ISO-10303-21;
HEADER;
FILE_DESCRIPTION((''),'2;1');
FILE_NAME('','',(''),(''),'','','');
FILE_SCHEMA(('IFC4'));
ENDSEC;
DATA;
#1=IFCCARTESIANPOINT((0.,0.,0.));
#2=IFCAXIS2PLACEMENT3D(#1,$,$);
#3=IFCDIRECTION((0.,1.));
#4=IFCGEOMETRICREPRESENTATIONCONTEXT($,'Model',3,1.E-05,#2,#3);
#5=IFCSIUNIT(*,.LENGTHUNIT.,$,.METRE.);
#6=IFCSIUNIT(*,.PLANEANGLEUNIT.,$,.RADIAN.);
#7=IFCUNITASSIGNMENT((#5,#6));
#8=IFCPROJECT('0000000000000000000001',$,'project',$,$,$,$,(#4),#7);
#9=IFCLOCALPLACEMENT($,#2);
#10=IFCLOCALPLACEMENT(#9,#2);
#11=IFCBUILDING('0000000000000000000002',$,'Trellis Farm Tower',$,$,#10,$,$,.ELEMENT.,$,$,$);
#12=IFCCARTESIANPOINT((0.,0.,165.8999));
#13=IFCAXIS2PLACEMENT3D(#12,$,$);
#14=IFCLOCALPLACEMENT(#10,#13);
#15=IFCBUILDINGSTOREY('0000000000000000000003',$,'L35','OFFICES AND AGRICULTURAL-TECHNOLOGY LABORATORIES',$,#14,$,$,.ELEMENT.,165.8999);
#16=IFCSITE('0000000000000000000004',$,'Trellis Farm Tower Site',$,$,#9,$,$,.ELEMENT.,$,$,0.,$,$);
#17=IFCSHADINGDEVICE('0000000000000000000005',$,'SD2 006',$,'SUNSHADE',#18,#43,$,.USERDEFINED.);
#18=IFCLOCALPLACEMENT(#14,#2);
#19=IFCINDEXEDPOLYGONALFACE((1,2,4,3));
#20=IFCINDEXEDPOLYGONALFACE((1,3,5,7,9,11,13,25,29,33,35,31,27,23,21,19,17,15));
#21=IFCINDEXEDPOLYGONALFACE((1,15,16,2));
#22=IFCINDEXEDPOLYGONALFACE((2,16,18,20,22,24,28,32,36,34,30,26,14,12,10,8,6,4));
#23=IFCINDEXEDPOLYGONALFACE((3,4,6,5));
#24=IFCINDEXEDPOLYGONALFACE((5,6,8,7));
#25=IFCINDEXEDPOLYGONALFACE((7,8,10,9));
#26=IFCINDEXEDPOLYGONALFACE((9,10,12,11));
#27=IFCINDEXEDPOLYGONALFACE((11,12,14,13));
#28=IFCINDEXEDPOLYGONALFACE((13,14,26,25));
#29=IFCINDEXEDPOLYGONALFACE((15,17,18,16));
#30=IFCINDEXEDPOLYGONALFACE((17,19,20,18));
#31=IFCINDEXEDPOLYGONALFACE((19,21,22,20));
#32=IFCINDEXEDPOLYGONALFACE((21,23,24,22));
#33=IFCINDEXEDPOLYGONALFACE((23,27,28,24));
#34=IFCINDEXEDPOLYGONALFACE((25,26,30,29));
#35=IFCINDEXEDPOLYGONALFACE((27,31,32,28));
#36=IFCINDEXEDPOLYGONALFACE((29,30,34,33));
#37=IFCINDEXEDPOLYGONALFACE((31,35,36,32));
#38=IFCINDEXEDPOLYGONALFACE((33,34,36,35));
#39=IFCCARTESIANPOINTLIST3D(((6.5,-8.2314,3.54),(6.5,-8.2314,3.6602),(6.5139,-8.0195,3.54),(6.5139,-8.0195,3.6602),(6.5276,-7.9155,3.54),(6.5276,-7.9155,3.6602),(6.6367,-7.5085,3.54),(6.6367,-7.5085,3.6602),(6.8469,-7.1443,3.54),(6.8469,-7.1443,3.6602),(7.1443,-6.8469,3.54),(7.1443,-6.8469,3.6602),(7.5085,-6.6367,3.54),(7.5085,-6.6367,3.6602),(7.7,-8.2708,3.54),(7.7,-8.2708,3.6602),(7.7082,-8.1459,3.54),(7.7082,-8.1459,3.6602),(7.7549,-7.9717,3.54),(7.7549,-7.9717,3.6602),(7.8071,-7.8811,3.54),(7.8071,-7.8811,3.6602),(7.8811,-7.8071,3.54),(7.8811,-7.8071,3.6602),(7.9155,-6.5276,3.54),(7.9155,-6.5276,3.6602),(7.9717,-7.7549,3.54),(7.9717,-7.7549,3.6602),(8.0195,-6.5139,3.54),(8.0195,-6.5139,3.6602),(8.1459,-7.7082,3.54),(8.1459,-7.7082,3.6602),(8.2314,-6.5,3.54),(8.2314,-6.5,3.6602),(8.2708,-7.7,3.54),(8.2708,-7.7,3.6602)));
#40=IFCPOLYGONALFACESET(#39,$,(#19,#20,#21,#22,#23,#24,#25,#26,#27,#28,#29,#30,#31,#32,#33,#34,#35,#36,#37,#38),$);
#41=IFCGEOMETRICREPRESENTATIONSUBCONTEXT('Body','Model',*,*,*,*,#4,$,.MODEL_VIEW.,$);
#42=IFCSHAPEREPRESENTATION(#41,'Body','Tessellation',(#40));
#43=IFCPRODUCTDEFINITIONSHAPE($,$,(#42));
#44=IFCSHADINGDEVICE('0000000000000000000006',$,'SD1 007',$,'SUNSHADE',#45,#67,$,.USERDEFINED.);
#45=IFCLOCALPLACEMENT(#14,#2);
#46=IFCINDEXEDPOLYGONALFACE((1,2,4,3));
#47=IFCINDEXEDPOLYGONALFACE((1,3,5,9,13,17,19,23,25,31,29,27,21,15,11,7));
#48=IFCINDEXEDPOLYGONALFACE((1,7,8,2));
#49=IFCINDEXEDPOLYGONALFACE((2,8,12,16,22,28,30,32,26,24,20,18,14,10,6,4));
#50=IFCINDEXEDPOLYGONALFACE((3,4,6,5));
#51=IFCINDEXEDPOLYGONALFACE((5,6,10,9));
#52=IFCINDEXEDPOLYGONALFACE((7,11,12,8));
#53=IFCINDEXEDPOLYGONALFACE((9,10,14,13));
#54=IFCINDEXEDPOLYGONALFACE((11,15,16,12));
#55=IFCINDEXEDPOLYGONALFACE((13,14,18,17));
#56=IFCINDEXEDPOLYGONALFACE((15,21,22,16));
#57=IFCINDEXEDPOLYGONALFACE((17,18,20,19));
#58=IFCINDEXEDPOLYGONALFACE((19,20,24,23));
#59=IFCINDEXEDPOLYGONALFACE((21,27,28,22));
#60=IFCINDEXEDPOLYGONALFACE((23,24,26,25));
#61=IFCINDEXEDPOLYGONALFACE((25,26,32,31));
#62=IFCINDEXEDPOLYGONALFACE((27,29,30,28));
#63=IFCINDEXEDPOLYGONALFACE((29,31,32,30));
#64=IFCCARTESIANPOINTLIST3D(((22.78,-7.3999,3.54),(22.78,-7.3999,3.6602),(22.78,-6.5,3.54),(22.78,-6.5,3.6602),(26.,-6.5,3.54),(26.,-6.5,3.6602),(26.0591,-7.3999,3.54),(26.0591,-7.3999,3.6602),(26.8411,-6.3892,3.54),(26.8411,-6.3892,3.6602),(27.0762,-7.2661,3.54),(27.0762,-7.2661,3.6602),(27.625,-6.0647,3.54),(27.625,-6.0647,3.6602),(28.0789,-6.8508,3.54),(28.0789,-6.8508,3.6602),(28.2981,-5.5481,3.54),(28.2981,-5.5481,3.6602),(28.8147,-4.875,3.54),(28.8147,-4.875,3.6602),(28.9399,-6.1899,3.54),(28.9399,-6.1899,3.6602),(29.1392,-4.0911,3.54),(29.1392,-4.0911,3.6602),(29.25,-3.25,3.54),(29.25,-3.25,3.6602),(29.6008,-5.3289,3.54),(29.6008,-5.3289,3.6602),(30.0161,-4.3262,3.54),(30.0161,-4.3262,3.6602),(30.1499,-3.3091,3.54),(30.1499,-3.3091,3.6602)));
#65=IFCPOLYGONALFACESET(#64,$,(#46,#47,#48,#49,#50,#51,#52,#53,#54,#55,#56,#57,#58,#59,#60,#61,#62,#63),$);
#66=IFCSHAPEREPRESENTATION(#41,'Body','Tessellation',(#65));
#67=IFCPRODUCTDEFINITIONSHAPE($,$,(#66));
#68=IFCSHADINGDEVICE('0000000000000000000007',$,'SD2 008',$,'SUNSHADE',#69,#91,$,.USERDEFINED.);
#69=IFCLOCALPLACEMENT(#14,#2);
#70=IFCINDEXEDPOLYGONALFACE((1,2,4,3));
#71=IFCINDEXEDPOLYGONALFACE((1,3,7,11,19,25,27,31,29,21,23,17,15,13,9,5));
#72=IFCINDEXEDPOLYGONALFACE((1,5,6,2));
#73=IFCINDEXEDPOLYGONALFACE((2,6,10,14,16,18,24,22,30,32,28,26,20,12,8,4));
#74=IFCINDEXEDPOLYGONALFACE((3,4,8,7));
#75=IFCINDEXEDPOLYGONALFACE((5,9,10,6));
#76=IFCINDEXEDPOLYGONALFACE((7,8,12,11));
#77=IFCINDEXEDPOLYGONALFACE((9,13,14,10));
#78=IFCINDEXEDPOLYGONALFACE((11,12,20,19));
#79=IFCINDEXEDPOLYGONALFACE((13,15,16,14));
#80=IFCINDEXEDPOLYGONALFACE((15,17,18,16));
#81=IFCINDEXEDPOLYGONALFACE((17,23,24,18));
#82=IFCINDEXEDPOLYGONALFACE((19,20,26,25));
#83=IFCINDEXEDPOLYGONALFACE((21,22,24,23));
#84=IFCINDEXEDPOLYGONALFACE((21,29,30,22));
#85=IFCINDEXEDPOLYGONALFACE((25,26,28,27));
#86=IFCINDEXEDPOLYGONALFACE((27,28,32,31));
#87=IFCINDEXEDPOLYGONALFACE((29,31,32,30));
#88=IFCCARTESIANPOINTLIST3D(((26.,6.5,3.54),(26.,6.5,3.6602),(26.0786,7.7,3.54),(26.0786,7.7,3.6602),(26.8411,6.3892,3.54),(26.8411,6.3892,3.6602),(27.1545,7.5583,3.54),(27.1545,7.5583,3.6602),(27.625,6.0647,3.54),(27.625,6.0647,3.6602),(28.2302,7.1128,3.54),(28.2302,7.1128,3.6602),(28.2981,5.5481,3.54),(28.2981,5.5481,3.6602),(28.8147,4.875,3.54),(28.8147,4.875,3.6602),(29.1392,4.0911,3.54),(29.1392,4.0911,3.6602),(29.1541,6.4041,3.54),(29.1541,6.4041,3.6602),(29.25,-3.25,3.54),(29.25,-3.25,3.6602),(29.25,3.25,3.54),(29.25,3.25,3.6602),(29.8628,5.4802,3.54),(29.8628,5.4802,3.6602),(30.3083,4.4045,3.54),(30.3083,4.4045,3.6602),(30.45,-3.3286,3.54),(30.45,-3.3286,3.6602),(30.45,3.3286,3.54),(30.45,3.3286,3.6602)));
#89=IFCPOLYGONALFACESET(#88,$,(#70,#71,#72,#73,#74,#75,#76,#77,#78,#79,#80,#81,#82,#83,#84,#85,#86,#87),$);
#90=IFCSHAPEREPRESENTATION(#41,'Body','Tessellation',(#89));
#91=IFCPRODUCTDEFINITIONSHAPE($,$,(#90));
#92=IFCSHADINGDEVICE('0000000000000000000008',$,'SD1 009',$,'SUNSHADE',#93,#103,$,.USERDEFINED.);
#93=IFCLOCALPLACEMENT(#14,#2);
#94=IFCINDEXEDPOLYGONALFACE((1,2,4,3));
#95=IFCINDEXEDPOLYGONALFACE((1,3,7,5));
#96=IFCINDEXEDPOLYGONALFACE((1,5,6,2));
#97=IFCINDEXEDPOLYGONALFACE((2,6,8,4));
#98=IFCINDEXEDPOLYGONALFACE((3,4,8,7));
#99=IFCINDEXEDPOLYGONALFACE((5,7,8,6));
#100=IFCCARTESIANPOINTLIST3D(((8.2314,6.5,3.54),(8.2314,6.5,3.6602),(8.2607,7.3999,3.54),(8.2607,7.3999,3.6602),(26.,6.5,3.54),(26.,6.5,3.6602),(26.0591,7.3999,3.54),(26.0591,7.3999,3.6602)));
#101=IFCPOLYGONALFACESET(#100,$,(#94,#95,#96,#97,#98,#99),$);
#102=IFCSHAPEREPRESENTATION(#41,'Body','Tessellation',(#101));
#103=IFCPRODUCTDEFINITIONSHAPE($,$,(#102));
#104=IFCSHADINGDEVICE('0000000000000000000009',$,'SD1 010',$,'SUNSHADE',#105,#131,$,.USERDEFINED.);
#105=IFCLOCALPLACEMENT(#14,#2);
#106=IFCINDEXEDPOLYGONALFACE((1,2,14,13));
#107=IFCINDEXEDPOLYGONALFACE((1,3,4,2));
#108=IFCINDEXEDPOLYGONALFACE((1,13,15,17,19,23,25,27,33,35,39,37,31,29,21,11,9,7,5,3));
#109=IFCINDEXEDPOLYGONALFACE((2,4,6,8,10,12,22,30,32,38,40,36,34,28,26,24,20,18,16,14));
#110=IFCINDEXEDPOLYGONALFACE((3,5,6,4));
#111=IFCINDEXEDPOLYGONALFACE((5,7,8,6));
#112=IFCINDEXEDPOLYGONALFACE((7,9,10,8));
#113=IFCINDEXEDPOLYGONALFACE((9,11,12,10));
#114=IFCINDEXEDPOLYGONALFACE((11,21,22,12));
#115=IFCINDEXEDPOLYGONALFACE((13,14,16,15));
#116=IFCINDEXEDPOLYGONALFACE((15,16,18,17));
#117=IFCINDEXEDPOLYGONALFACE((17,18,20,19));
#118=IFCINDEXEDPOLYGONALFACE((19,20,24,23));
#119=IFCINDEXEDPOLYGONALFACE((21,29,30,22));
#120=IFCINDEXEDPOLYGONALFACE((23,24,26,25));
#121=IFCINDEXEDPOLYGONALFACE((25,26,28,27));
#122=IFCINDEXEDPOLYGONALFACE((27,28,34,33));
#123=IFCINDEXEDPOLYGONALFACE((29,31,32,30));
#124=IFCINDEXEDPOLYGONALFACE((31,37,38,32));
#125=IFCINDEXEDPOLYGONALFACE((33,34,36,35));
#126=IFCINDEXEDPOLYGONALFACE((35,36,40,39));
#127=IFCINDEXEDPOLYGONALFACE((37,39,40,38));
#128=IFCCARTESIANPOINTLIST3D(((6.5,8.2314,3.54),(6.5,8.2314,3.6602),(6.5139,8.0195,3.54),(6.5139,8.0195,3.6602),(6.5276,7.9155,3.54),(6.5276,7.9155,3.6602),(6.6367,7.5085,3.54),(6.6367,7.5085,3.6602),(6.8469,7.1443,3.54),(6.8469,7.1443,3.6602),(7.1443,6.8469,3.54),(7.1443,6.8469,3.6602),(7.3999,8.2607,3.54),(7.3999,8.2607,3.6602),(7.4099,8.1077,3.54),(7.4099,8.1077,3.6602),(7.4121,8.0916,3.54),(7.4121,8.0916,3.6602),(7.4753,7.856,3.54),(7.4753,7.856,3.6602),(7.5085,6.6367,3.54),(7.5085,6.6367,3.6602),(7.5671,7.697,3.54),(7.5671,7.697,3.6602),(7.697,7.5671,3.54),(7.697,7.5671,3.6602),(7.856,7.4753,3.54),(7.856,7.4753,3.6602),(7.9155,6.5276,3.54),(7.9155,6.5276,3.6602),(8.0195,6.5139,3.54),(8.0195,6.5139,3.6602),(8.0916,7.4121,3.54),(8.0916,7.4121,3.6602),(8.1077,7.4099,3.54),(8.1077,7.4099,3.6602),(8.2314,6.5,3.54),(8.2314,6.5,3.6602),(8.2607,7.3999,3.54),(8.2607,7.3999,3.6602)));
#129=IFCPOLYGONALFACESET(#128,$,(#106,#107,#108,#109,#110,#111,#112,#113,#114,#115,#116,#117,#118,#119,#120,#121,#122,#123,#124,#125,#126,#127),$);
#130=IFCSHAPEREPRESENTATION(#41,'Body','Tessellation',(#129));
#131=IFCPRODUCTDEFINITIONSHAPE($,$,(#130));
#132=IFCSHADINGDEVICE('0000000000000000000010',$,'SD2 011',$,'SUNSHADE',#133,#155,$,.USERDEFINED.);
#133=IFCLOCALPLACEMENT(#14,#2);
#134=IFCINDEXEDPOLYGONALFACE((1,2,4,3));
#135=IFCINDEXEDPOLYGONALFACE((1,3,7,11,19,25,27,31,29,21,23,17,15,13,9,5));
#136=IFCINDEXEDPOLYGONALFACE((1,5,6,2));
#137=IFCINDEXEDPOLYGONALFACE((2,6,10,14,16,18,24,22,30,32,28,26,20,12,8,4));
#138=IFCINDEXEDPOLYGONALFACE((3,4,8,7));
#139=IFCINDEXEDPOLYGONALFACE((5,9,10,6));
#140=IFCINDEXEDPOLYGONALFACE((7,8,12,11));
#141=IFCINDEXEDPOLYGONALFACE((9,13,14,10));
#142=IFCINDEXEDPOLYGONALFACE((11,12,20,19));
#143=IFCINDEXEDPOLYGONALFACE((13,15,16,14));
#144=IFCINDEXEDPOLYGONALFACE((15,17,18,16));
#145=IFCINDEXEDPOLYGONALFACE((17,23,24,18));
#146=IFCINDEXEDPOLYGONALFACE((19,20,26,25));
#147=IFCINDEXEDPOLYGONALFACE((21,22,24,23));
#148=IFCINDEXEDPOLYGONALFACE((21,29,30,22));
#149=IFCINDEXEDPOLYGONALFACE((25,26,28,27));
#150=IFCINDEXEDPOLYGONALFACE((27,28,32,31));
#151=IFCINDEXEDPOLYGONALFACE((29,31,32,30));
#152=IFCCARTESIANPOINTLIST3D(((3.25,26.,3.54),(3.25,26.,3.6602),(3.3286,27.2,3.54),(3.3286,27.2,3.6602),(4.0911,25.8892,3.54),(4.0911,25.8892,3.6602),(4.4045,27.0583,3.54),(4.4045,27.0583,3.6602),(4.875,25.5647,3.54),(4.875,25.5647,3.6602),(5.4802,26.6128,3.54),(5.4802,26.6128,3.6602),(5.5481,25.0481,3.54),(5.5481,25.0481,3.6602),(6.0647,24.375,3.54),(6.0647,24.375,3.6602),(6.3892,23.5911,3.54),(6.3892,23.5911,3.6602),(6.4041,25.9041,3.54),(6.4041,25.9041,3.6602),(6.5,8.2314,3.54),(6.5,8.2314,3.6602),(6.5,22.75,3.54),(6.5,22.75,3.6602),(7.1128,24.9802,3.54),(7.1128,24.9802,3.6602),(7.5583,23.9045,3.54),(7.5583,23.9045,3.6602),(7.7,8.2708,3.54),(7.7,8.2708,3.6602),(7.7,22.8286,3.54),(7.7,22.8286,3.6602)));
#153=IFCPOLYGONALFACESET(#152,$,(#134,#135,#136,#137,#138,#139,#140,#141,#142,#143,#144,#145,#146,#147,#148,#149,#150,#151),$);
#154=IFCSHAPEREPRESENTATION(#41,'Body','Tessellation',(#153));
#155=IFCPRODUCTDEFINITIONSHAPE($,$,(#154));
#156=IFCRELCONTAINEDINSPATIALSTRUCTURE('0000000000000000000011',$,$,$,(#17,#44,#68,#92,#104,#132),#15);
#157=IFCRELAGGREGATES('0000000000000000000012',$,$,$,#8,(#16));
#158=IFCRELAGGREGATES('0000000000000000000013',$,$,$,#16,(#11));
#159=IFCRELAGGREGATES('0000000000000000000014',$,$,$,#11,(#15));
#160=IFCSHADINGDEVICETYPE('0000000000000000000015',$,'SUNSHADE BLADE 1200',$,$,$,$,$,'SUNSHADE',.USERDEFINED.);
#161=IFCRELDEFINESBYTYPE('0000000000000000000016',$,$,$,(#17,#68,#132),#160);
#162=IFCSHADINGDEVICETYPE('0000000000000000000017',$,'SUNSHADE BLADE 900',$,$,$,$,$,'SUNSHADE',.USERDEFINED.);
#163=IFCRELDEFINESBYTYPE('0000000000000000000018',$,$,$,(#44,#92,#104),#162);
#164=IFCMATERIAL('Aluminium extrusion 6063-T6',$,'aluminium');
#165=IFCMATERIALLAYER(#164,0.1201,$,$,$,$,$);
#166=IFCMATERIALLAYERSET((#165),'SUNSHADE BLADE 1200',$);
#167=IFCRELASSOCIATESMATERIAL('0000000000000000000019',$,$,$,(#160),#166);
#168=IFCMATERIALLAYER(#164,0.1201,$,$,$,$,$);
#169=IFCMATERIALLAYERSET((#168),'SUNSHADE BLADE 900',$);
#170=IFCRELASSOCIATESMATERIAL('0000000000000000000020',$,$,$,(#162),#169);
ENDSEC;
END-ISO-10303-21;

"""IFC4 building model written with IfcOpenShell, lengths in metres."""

from ifc_helpers import new_model, si_unit, direction, frame, origin, place, context, subcontext, project, spatial, polyline, outline, extrude, source, transform, mapped, material, layer, layer_set, type_object, element, save


model = new_model("IFC4")

# Units and contexts
model_context = context("Model", 3, precision=1e-05, world=origin(), true_north=direction((0.0, 1.0)))
body_context = subcontext(model_context, "Body", "Model", "MODEL_VIEW")
ifc_project = project(units=[si_unit("LENGTHUNIT", "METRE"), si_unit("PLANEANGLEUNIT", "RADIAN")], contexts=[model_context])

# Site, building, storey
site_placement = place(None, origin())
site = spatial("IfcSite", under=ifc_project, at=site_placement, Name="Trellis Farm Tower Site", CompositionType="ELEMENT", RefElevation=0.0)
building_placement = place(site_placement, origin())
building = spatial("IfcBuilding", under=site, at=building_placement, Name="Trellis Farm Tower", CompositionType="ELEMENT")
storey_placement = place(building_placement, frame((0.0, 0.0, 165.8999)))
storey = spatial("IfcBuildingStorey", under=building, at=storey_placement, Name="L35", Description="OFFICES AND AGRICULTURAL-TECHNOLOGY LABORATORIES", CompositionType="ELEMENT", Elevation=165.8999)

# Shared definitions
ifc_material_1 = material(Name="Aluminium extrusion 6063-T6", Category="aluminium")

# Shading devices
ifc_layer_1 = layer(ifc_material_1, 0.1201)
ifc_layer_set_1 = layer_set([ifc_layer_1], Name="SUNSHADE BLADE 1200")
shading_device_type_1 = type_object("IfcShadingDeviceType", Name="SUNSHADE BLADE 1200", ElementType="SUNSHADE", PredefinedType="USERDEFINED", material=ifc_layer_set_1)
shared_shape_1 = source(origin(), body_context, "Body", "SweptSolid", [
    extrude(outline(polyline([(7.7, -8.2708), (7.7087, -8.1372), (7.707, -8.1501), (7.7549, -7.9717), (7.8071, -7.8811), (7.8811, -7.8071), (7.9717, -7.7549), (8.1501, -7.707), (8.1372, -7.7087), (8.2708, -7.7), (8.2314, -6.5), (8.0195, -6.5139), (7.9155, -6.5276), (7.5085, -6.6367), (7.1443, -6.8469), (6.8469, -7.1443), (6.6367, -7.5085), (6.5276, -7.9155), (6.5139, -8.0195), (6.5, -8.2314), (7.7, -8.2708)])), origin(), (0.0, 0.0, 1.0), 0.1201),
])
placement_1 = place(storey_placement, frame((0.0, 0.0, 3.54)))
element("IfcShadingDevice", 1, at=placement_1, inside=storey, type_object=shading_device_type_1, Name="SD2 006", ObjectType="SUNSHADE", PredefinedType="USERDEFINED", context=body_context, shape_type="MappedRepresentation", body=[
    mapped(shared_shape_1, transform((0.0, 0.0, 0.0))),
])
ifc_layer_2 = layer(ifc_material_1, 0.1201)
ifc_layer_set_2 = layer_set([ifc_layer_2], Name="SUNSHADE BLADE 900")
shading_device_type_2 = type_object("IfcShadingDeviceType", Name="SUNSHADE BLADE 900", ElementType="SUNSHADE", PredefinedType="USERDEFINED", material=ifc_layer_set_2)
shared_shape_2 = source(origin(), body_context, "Body", "SweptSolid", [
    extrude(outline(polyline([(22.78, -7.3999), (26.0591, -7.3999), (27.0762, -7.2661), (28.0789, -6.8508), (28.9399, -6.1899), (29.6008, -5.3289), (30.0161, -4.3262), (30.1499, -3.3091), (29.25, -3.25), (29.1392, -4.0911), (28.8147, -4.875), (28.2981, -5.5481), (27.625, -6.0647), (26.8411, -6.3892), (26.0, -6.5), (22.78, -6.5), (22.78, -7.3999)])), origin(), (0.0, 0.0, 1.0), 0.1201),
])
element("IfcShadingDevice", 2, at=placement_1, inside=storey, type_object=shading_device_type_2, Name="SD1 007", ObjectType="SUNSHADE", PredefinedType="USERDEFINED", context=body_context, shape_type="MappedRepresentation", body=[
    mapped(shared_shape_2, transform((0.0, 0.0, 0.0))),
])
shared_shape_3 = source(origin(), body_context, "Body", "SweptSolid", [
    extrude(outline(polyline([(30.45, -3.3286), (30.45, 3.3286), (30.3083, 4.4045), (29.8628, 5.4802), (29.1541, 6.4041), (28.2302, 7.1128), (27.1545, 7.5583), (26.0786, 7.7), (26.0, 6.5), (26.8411, 6.3892), (27.625, 6.0647), (28.2981, 5.5481), (28.8147, 4.875), (29.1392, 4.0911), (29.25, 3.25), (29.25, -3.25), (30.45, -3.3286)])), origin(), (0.0, 0.0, 1.0), 0.1201),
])
element("IfcShadingDevice", 3, at=placement_1, inside=storey, type_object=shading_device_type_1, Name="SD2 008", ObjectType="SUNSHADE", PredefinedType="USERDEFINED", context=body_context, shape_type="MappedRepresentation", body=[
    mapped(shared_shape_3, transform((0.0, 0.0, 0.0))),
])
shared_shape_4 = source(origin(), body_context, "Body", "SweptSolid", [
    extrude(outline(polyline([(26.0591, 7.3999), (8.2607, 7.3999), (8.2314, 6.5), (26.0, 6.5), (26.0591, 7.3999)])), origin(), (0.0, 0.0, 1.0), 0.1201),
])
element("IfcShadingDevice", 4, at=placement_1, inside=storey, type_object=shading_device_type_2, Name="SD1 009", ObjectType="SUNSHADE", PredefinedType="USERDEFINED", context=body_context, shape_type="MappedRepresentation", body=[
    mapped(shared_shape_4, transform((0.0, 0.0, 0.0))),
])
shared_shape_5 = source(origin(), body_context, "Body", "SweptSolid", [
    extrude(outline(polyline([(8.2607, 7.3999), (8.1077, 7.4099), (8.0916, 7.4121), (7.856, 7.4753), (7.697, 7.5671), (7.5671, 7.697), (7.4753, 7.856), (7.4121, 8.0916), (7.4099, 8.1077), (7.3999, 8.2607), (6.5, 8.2314), (6.5139, 8.0195), (6.5276, 7.9155), (6.6367, 7.5085), (6.8469, 7.1443), (7.1443, 6.8469), (7.5085, 6.6367), (7.9155, 6.5276), (8.0195, 6.5139), (8.2314, 6.5), (8.2607, 7.3999)])), origin(), (0.0, 0.0, 1.0), 0.1201),
])
element("IfcShadingDevice", 5, at=placement_1, inside=storey, type_object=shading_device_type_2, Name="SD1 010", ObjectType="SUNSHADE", PredefinedType="USERDEFINED", context=body_context, shape_type="MappedRepresentation", body=[
    mapped(shared_shape_5, transform((0.0, 0.0, 0.0))),
])
shared_shape_6 = source(origin(), body_context, "Body", "SweptSolid", [
    extrude(outline(polyline([(7.7, 8.2708), (7.7, 22.8286), (7.5583, 23.9045), (7.1128, 24.9802), (6.4041, 25.9041), (5.4802, 26.6128), (4.4045, 27.0583), (3.3286, 27.2), (3.25, 26.0), (4.0911, 25.8892), (4.875, 25.5647), (5.5481, 25.0481), (6.0647, 24.375), (6.3892, 23.5911), (6.5, 22.75), (6.5, 8.2314), (7.7, 8.2708)])), origin(), (0.0, 0.0, 1.0), 0.1201),
])
element("IfcShadingDevice", 6, at=placement_1, inside=storey, type_object=shading_device_type_1, Name="SD2 011", ObjectType="SUNSHADE", PredefinedType="USERDEFINED", context=body_context, shape_type="MappedRepresentation", body=[
    mapped(shared_shape_6, transform((0.0, 0.0, 0.0))),
])

save(model, "model.ifc")
